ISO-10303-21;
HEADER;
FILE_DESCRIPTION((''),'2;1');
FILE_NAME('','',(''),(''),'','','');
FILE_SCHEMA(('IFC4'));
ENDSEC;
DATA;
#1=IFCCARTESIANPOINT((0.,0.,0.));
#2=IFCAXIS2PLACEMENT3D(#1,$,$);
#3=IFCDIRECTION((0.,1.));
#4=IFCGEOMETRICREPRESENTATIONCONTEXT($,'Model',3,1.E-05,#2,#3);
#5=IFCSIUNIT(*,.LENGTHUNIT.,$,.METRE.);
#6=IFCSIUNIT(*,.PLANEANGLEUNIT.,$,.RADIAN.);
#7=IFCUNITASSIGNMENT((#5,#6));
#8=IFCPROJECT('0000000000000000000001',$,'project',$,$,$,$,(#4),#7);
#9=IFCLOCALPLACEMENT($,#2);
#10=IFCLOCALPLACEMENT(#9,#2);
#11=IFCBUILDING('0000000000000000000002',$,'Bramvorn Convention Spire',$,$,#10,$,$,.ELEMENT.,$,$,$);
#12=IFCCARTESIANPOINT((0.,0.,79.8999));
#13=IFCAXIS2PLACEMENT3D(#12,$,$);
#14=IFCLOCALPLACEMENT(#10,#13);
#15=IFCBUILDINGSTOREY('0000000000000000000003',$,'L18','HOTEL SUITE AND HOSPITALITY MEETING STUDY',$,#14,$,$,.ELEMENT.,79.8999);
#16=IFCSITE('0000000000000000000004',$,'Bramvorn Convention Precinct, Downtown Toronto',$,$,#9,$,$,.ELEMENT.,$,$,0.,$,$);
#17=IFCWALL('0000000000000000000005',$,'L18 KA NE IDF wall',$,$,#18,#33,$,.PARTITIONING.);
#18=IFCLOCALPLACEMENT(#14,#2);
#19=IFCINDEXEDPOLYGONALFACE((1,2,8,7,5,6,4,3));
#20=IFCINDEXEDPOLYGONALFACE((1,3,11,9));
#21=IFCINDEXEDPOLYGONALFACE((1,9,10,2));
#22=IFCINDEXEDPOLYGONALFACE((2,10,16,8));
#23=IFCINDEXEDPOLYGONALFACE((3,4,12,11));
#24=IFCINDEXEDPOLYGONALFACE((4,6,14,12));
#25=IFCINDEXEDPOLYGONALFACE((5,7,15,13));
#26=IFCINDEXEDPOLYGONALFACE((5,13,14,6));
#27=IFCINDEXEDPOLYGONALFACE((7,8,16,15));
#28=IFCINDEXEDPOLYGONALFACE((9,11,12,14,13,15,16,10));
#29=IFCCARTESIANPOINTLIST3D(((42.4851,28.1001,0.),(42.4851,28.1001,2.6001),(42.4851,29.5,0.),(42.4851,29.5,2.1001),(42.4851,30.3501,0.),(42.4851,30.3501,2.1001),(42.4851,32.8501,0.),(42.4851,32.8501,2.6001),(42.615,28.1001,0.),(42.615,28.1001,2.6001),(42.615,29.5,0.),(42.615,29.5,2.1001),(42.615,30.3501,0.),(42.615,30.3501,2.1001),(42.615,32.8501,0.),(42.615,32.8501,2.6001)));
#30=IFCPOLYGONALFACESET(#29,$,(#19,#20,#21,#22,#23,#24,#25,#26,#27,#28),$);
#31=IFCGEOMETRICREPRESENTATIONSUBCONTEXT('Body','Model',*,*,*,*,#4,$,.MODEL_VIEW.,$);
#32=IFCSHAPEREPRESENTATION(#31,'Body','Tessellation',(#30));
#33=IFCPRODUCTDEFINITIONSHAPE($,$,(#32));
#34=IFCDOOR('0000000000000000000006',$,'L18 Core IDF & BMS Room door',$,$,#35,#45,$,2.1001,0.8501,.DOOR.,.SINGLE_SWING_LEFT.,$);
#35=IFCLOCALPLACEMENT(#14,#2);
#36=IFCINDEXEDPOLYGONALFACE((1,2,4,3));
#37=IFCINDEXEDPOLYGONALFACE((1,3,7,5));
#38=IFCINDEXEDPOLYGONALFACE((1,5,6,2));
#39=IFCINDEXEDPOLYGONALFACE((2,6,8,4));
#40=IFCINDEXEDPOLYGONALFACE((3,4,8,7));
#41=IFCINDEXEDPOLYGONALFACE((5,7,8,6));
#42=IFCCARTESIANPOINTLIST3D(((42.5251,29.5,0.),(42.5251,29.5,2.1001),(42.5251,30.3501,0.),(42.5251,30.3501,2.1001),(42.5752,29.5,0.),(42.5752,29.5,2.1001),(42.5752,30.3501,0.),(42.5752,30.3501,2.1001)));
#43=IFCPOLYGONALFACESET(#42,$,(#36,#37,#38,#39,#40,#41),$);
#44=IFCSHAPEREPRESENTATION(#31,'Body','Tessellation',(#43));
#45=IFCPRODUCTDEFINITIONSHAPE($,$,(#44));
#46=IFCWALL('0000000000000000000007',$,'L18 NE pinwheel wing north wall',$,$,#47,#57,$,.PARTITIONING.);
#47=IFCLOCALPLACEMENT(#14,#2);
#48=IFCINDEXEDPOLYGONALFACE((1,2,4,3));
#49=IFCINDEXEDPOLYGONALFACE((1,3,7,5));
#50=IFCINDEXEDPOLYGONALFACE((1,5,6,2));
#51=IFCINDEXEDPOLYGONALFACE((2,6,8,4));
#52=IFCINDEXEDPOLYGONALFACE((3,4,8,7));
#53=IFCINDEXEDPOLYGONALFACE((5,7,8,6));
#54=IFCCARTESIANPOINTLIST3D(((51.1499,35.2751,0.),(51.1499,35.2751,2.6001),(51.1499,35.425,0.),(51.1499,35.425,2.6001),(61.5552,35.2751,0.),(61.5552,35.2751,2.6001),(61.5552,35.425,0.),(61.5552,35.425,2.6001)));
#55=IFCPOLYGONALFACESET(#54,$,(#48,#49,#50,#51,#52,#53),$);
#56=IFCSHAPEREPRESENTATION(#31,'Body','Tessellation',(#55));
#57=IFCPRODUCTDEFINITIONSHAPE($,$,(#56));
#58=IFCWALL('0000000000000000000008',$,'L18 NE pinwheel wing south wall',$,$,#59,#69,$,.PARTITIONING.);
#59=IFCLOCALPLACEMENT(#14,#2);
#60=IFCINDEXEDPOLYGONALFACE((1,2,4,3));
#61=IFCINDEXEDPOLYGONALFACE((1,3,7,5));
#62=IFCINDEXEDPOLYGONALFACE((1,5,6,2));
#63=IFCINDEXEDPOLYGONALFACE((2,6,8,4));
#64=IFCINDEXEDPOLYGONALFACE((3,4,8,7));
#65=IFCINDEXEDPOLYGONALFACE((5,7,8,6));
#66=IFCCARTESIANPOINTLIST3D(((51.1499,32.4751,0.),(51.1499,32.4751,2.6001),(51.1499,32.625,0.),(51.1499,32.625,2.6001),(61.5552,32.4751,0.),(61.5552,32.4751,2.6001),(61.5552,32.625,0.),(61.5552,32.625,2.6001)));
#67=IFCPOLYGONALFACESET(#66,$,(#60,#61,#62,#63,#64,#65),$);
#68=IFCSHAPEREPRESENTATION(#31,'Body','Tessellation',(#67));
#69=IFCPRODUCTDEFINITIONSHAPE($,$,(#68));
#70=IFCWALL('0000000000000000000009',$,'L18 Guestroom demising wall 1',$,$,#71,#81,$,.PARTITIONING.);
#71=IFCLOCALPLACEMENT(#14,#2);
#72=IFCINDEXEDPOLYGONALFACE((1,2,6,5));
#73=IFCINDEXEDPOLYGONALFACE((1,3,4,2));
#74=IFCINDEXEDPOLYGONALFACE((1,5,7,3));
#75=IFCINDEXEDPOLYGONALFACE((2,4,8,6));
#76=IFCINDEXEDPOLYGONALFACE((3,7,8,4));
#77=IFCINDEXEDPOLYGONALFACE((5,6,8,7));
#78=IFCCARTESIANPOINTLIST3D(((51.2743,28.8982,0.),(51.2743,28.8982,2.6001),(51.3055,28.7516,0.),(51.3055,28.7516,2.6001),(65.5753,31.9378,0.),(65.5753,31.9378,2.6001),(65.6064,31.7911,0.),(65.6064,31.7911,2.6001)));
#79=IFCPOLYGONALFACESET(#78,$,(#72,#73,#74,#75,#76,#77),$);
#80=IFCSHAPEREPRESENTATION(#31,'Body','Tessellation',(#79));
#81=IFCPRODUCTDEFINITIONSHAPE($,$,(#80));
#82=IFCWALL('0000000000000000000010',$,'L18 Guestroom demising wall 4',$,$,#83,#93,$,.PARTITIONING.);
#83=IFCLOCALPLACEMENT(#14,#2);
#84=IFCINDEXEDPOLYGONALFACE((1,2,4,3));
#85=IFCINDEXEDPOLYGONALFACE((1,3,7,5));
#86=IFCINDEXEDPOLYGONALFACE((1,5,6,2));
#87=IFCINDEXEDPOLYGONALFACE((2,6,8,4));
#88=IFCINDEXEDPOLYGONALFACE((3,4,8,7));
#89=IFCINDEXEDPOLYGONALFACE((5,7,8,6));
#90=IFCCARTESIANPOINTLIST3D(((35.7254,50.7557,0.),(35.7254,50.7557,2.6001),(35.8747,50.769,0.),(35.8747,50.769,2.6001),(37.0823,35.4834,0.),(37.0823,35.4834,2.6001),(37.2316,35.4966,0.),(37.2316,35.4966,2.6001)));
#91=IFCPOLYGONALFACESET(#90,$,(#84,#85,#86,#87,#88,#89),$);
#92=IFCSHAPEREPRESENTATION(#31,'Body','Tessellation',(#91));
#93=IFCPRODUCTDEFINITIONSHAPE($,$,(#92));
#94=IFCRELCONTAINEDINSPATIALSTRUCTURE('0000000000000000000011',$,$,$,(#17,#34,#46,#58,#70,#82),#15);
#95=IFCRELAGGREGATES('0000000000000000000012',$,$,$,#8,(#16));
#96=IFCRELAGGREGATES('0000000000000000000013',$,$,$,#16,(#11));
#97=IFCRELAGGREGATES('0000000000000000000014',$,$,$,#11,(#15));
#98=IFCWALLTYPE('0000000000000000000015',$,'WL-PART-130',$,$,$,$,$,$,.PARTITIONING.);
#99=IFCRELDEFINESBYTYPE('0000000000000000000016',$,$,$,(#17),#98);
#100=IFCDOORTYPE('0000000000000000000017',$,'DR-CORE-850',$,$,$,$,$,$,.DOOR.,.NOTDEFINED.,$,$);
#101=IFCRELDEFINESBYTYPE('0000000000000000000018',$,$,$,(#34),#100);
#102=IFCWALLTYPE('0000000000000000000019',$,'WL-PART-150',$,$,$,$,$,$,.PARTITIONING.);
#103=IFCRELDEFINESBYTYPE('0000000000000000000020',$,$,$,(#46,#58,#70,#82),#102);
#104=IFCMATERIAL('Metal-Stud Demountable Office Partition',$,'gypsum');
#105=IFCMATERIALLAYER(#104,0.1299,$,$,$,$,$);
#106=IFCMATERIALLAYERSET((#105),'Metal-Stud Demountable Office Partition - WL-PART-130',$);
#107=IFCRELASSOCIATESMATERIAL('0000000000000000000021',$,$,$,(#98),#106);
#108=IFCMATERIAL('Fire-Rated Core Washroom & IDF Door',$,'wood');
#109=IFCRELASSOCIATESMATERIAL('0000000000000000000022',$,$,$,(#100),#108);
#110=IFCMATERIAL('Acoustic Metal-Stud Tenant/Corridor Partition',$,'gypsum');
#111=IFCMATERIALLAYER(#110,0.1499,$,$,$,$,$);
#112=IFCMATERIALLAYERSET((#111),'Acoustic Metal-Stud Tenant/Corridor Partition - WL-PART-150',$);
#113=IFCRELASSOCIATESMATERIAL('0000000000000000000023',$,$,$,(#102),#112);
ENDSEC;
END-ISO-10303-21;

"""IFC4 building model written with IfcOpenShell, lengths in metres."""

from ifc_helpers import new_model, si_unit, direction, frame, frame_2d, origin, place, context, subcontext, project, spatial, rectangle, extrude, material, layer, layer_set, type_object, element, fill, save


model = new_model("IFC4")

# Units and contexts
model_context = context("Model", 3, precision=1e-05, world=origin(), true_north=direction((0.0, 1.0)))
body_context = subcontext(model_context, "Body", "Model", "MODEL_VIEW")
ifc_project = project(units=[si_unit("LENGTHUNIT", "METRE"), si_unit("PLANEANGLEUNIT", "RADIAN")], contexts=[model_context])

# Site, building, storey
site_placement = place(None, origin())
site = spatial("IfcSite", under=ifc_project, at=site_placement, Name="Bramvorn Convention Precinct, Downtown Toronto", CompositionType="ELEMENT", RefElevation=0.0)
building_placement = place(site_placement, origin())
building = spatial("IfcBuilding", under=site, at=building_placement, Name="Bramvorn Convention Spire", CompositionType="ELEMENT")
storey_placement = place(building_placement, frame((0.0, 0.0, 79.8999)))
storey = spatial("IfcBuildingStorey", under=building, at=storey_placement, Name="L18", Description="HOTEL SUITE AND HOSPITALITY MEETING STUDY", CompositionType="ELEMENT", Elevation=79.8999)

# Wall, opening, door
ifc_material_1 = material(Name="Metal-Stud Demountable Office Partition", Category="gypsum")
ifc_layer_1 = layer(ifc_material_1, 0.1299)
ifc_layer_set_1 = layer_set([ifc_layer_1], Name="Metal-Stud Demountable Office Partition - WL-PART-130")
wall_type_1 = type_object("IfcWallType", Name="WL-PART-130", PredefinedType="PARTITIONING", material=ifc_layer_set_1)
wall_1_placement = place(storey_placement, frame((42.55, 28.1001, 0.0), z_axis=(0.0, 0.0, 1.0), x_axis=(0.0, 1.0, 0.0)))
wall_1 = element("IfcWall", 1, at=wall_1_placement, inside=storey, type_object=wall_type_1, Name="L18 KA NE IDF wall", PredefinedType="PARTITIONING", context=body_context, shape_type="SweptSolid", body=[
    extrude(rectangle(XDim=4.75, YDim=0.1299, at=frame_2d((2.375, 0.0))), origin(), (0.0, 0.0, 1.0), 2.6001),
])
opening_1_placement = place(wall_1_placement, frame((1.3999, 0.0, 0.0)))
opening_1 = element("IfcOpeningElement", 2, at=opening_1_placement, cuts=wall_1, PredefinedType="OPENING", context=body_context, shape_type="SweptSolid", body=[
    extrude(rectangle(XDim=0.8501, YDim=2.1001, at=frame_2d((0.425, 1.05))), frame((0.0, 0.075, 0.0), z_axis=(0.0, -1.0, 0.0), x_axis=(1.0, 0.0, 0.0)), (0.0, 0.0, 1.0), 0.1499),
])
ifc_material_2 = material(Name="Fire-Rated Core Washroom & IDF Door", Category="wood")
door_type_1 = type_object("IfcDoorType", Name="DR-CORE-850", OperationType="NOTDEFINED", PredefinedType="DOOR", material=ifc_material_2)
door_1_placement = place(opening_1_placement, origin())
door_1 = element("IfcDoor", 3, at=door_1_placement, inside=storey, type_object=door_type_1, Name="L18 Core IDF & BMS Room door", OperationType="SINGLE_SWING_LEFT", OverallHeight=2.1001, OverallWidth=0.8501, PredefinedType="DOOR", context=body_context, shape_type="SweptSolid", body=[
    extrude(rectangle(XDim=0.8501, YDim=2.1001, at=frame_2d((0.425, 1.05))), frame((0.0, 0.0249, 0.0), z_axis=(0.0, -1.0, 0.0), x_axis=(1.0, 0.0, 0.0)), (0.0, 0.0, 1.0), 0.05),
])
fill(opening_1, door_1)

# Walls
ifc_material_3 = material(Name="Acoustic Metal-Stud Tenant/Corridor Partition", Category="gypsum")
ifc_layer_2 = layer(ifc_material_3, 0.1499)
ifc_layer_set_2 = layer_set([ifc_layer_2], Name="Acoustic Metal-Stud Tenant/Corridor Partition - WL-PART-150")
wall_type_2 = type_object("IfcWallType", Name="WL-PART-150", PredefinedType="PARTITIONING", material=ifc_layer_set_2)
for number, where, z_axis, x_axis, name in (
    (4, (51.1499, 35.3501, 0.0), (0.0, 0.0, 1.0), (1.0, 0.0, 0.0), "L18 NE pinwheel wing north wall"),
    (5, (51.1499, 32.55, 0.0), (0.0, 0.0, 1.0), (1.0, 0.0, 0.0), "L18 NE pinwheel wing south wall"),
):
    element("IfcWall", number, at=place(storey_placement, frame(where, z_axis=z_axis, x_axis=x_axis)), inside=storey, type_object=wall_type_2, Name=name, PredefinedType="PARTITIONING", context=body_context, shape_type="SweptSolid", body=[
        extrude(rectangle(XDim=10.4053, YDim=0.1499, at=frame_2d((5.2026, 0.0))), origin(), (0.0, 0.0, 1.0), 2.6001),
    ])
wall_2_placement = place(storey_placement, frame((51.29, 28.825, 0.0), z_axis=(0.0, 0.0, 1.0), x_axis=(0.978151, 0.207897, 0.0)))
element("IfcWall", 6, at=wall_2_placement, inside=storey, type_object=wall_type_2, Name="L18 Guestroom demising wall 1", PredefinedType="PARTITIONING", context=body_context, shape_type="SweptSolid", body=[
    extrude(rectangle(XDim=14.6204, YDim=0.1499, at=frame_2d((7.3101, 0.0))), origin(), (0.0, 0.0, 1.0), 2.6001),
])
wall_3_placement = place(storey_placement, frame((37.157, 35.49, 0.0), z_axis=(0.0, 0.0, 1.0), x_axis=(-0.0885, 0.996076, 0.0)))
element("IfcWall", 7, at=wall_3_placement, inside=storey, type_object=wall_type_2, Name="L18 Guestroom demising wall 4", PredefinedType="PARTITIONING", context=body_context, shape_type="SweptSolid", body=[
    extrude(rectangle(XDim=15.3325, YDim=0.1499, at=frame_2d((7.6663, 0.0))), origin(), (0.0, 0.0, 1.0), 2.6001),
])

save(model, "model.ifc")
